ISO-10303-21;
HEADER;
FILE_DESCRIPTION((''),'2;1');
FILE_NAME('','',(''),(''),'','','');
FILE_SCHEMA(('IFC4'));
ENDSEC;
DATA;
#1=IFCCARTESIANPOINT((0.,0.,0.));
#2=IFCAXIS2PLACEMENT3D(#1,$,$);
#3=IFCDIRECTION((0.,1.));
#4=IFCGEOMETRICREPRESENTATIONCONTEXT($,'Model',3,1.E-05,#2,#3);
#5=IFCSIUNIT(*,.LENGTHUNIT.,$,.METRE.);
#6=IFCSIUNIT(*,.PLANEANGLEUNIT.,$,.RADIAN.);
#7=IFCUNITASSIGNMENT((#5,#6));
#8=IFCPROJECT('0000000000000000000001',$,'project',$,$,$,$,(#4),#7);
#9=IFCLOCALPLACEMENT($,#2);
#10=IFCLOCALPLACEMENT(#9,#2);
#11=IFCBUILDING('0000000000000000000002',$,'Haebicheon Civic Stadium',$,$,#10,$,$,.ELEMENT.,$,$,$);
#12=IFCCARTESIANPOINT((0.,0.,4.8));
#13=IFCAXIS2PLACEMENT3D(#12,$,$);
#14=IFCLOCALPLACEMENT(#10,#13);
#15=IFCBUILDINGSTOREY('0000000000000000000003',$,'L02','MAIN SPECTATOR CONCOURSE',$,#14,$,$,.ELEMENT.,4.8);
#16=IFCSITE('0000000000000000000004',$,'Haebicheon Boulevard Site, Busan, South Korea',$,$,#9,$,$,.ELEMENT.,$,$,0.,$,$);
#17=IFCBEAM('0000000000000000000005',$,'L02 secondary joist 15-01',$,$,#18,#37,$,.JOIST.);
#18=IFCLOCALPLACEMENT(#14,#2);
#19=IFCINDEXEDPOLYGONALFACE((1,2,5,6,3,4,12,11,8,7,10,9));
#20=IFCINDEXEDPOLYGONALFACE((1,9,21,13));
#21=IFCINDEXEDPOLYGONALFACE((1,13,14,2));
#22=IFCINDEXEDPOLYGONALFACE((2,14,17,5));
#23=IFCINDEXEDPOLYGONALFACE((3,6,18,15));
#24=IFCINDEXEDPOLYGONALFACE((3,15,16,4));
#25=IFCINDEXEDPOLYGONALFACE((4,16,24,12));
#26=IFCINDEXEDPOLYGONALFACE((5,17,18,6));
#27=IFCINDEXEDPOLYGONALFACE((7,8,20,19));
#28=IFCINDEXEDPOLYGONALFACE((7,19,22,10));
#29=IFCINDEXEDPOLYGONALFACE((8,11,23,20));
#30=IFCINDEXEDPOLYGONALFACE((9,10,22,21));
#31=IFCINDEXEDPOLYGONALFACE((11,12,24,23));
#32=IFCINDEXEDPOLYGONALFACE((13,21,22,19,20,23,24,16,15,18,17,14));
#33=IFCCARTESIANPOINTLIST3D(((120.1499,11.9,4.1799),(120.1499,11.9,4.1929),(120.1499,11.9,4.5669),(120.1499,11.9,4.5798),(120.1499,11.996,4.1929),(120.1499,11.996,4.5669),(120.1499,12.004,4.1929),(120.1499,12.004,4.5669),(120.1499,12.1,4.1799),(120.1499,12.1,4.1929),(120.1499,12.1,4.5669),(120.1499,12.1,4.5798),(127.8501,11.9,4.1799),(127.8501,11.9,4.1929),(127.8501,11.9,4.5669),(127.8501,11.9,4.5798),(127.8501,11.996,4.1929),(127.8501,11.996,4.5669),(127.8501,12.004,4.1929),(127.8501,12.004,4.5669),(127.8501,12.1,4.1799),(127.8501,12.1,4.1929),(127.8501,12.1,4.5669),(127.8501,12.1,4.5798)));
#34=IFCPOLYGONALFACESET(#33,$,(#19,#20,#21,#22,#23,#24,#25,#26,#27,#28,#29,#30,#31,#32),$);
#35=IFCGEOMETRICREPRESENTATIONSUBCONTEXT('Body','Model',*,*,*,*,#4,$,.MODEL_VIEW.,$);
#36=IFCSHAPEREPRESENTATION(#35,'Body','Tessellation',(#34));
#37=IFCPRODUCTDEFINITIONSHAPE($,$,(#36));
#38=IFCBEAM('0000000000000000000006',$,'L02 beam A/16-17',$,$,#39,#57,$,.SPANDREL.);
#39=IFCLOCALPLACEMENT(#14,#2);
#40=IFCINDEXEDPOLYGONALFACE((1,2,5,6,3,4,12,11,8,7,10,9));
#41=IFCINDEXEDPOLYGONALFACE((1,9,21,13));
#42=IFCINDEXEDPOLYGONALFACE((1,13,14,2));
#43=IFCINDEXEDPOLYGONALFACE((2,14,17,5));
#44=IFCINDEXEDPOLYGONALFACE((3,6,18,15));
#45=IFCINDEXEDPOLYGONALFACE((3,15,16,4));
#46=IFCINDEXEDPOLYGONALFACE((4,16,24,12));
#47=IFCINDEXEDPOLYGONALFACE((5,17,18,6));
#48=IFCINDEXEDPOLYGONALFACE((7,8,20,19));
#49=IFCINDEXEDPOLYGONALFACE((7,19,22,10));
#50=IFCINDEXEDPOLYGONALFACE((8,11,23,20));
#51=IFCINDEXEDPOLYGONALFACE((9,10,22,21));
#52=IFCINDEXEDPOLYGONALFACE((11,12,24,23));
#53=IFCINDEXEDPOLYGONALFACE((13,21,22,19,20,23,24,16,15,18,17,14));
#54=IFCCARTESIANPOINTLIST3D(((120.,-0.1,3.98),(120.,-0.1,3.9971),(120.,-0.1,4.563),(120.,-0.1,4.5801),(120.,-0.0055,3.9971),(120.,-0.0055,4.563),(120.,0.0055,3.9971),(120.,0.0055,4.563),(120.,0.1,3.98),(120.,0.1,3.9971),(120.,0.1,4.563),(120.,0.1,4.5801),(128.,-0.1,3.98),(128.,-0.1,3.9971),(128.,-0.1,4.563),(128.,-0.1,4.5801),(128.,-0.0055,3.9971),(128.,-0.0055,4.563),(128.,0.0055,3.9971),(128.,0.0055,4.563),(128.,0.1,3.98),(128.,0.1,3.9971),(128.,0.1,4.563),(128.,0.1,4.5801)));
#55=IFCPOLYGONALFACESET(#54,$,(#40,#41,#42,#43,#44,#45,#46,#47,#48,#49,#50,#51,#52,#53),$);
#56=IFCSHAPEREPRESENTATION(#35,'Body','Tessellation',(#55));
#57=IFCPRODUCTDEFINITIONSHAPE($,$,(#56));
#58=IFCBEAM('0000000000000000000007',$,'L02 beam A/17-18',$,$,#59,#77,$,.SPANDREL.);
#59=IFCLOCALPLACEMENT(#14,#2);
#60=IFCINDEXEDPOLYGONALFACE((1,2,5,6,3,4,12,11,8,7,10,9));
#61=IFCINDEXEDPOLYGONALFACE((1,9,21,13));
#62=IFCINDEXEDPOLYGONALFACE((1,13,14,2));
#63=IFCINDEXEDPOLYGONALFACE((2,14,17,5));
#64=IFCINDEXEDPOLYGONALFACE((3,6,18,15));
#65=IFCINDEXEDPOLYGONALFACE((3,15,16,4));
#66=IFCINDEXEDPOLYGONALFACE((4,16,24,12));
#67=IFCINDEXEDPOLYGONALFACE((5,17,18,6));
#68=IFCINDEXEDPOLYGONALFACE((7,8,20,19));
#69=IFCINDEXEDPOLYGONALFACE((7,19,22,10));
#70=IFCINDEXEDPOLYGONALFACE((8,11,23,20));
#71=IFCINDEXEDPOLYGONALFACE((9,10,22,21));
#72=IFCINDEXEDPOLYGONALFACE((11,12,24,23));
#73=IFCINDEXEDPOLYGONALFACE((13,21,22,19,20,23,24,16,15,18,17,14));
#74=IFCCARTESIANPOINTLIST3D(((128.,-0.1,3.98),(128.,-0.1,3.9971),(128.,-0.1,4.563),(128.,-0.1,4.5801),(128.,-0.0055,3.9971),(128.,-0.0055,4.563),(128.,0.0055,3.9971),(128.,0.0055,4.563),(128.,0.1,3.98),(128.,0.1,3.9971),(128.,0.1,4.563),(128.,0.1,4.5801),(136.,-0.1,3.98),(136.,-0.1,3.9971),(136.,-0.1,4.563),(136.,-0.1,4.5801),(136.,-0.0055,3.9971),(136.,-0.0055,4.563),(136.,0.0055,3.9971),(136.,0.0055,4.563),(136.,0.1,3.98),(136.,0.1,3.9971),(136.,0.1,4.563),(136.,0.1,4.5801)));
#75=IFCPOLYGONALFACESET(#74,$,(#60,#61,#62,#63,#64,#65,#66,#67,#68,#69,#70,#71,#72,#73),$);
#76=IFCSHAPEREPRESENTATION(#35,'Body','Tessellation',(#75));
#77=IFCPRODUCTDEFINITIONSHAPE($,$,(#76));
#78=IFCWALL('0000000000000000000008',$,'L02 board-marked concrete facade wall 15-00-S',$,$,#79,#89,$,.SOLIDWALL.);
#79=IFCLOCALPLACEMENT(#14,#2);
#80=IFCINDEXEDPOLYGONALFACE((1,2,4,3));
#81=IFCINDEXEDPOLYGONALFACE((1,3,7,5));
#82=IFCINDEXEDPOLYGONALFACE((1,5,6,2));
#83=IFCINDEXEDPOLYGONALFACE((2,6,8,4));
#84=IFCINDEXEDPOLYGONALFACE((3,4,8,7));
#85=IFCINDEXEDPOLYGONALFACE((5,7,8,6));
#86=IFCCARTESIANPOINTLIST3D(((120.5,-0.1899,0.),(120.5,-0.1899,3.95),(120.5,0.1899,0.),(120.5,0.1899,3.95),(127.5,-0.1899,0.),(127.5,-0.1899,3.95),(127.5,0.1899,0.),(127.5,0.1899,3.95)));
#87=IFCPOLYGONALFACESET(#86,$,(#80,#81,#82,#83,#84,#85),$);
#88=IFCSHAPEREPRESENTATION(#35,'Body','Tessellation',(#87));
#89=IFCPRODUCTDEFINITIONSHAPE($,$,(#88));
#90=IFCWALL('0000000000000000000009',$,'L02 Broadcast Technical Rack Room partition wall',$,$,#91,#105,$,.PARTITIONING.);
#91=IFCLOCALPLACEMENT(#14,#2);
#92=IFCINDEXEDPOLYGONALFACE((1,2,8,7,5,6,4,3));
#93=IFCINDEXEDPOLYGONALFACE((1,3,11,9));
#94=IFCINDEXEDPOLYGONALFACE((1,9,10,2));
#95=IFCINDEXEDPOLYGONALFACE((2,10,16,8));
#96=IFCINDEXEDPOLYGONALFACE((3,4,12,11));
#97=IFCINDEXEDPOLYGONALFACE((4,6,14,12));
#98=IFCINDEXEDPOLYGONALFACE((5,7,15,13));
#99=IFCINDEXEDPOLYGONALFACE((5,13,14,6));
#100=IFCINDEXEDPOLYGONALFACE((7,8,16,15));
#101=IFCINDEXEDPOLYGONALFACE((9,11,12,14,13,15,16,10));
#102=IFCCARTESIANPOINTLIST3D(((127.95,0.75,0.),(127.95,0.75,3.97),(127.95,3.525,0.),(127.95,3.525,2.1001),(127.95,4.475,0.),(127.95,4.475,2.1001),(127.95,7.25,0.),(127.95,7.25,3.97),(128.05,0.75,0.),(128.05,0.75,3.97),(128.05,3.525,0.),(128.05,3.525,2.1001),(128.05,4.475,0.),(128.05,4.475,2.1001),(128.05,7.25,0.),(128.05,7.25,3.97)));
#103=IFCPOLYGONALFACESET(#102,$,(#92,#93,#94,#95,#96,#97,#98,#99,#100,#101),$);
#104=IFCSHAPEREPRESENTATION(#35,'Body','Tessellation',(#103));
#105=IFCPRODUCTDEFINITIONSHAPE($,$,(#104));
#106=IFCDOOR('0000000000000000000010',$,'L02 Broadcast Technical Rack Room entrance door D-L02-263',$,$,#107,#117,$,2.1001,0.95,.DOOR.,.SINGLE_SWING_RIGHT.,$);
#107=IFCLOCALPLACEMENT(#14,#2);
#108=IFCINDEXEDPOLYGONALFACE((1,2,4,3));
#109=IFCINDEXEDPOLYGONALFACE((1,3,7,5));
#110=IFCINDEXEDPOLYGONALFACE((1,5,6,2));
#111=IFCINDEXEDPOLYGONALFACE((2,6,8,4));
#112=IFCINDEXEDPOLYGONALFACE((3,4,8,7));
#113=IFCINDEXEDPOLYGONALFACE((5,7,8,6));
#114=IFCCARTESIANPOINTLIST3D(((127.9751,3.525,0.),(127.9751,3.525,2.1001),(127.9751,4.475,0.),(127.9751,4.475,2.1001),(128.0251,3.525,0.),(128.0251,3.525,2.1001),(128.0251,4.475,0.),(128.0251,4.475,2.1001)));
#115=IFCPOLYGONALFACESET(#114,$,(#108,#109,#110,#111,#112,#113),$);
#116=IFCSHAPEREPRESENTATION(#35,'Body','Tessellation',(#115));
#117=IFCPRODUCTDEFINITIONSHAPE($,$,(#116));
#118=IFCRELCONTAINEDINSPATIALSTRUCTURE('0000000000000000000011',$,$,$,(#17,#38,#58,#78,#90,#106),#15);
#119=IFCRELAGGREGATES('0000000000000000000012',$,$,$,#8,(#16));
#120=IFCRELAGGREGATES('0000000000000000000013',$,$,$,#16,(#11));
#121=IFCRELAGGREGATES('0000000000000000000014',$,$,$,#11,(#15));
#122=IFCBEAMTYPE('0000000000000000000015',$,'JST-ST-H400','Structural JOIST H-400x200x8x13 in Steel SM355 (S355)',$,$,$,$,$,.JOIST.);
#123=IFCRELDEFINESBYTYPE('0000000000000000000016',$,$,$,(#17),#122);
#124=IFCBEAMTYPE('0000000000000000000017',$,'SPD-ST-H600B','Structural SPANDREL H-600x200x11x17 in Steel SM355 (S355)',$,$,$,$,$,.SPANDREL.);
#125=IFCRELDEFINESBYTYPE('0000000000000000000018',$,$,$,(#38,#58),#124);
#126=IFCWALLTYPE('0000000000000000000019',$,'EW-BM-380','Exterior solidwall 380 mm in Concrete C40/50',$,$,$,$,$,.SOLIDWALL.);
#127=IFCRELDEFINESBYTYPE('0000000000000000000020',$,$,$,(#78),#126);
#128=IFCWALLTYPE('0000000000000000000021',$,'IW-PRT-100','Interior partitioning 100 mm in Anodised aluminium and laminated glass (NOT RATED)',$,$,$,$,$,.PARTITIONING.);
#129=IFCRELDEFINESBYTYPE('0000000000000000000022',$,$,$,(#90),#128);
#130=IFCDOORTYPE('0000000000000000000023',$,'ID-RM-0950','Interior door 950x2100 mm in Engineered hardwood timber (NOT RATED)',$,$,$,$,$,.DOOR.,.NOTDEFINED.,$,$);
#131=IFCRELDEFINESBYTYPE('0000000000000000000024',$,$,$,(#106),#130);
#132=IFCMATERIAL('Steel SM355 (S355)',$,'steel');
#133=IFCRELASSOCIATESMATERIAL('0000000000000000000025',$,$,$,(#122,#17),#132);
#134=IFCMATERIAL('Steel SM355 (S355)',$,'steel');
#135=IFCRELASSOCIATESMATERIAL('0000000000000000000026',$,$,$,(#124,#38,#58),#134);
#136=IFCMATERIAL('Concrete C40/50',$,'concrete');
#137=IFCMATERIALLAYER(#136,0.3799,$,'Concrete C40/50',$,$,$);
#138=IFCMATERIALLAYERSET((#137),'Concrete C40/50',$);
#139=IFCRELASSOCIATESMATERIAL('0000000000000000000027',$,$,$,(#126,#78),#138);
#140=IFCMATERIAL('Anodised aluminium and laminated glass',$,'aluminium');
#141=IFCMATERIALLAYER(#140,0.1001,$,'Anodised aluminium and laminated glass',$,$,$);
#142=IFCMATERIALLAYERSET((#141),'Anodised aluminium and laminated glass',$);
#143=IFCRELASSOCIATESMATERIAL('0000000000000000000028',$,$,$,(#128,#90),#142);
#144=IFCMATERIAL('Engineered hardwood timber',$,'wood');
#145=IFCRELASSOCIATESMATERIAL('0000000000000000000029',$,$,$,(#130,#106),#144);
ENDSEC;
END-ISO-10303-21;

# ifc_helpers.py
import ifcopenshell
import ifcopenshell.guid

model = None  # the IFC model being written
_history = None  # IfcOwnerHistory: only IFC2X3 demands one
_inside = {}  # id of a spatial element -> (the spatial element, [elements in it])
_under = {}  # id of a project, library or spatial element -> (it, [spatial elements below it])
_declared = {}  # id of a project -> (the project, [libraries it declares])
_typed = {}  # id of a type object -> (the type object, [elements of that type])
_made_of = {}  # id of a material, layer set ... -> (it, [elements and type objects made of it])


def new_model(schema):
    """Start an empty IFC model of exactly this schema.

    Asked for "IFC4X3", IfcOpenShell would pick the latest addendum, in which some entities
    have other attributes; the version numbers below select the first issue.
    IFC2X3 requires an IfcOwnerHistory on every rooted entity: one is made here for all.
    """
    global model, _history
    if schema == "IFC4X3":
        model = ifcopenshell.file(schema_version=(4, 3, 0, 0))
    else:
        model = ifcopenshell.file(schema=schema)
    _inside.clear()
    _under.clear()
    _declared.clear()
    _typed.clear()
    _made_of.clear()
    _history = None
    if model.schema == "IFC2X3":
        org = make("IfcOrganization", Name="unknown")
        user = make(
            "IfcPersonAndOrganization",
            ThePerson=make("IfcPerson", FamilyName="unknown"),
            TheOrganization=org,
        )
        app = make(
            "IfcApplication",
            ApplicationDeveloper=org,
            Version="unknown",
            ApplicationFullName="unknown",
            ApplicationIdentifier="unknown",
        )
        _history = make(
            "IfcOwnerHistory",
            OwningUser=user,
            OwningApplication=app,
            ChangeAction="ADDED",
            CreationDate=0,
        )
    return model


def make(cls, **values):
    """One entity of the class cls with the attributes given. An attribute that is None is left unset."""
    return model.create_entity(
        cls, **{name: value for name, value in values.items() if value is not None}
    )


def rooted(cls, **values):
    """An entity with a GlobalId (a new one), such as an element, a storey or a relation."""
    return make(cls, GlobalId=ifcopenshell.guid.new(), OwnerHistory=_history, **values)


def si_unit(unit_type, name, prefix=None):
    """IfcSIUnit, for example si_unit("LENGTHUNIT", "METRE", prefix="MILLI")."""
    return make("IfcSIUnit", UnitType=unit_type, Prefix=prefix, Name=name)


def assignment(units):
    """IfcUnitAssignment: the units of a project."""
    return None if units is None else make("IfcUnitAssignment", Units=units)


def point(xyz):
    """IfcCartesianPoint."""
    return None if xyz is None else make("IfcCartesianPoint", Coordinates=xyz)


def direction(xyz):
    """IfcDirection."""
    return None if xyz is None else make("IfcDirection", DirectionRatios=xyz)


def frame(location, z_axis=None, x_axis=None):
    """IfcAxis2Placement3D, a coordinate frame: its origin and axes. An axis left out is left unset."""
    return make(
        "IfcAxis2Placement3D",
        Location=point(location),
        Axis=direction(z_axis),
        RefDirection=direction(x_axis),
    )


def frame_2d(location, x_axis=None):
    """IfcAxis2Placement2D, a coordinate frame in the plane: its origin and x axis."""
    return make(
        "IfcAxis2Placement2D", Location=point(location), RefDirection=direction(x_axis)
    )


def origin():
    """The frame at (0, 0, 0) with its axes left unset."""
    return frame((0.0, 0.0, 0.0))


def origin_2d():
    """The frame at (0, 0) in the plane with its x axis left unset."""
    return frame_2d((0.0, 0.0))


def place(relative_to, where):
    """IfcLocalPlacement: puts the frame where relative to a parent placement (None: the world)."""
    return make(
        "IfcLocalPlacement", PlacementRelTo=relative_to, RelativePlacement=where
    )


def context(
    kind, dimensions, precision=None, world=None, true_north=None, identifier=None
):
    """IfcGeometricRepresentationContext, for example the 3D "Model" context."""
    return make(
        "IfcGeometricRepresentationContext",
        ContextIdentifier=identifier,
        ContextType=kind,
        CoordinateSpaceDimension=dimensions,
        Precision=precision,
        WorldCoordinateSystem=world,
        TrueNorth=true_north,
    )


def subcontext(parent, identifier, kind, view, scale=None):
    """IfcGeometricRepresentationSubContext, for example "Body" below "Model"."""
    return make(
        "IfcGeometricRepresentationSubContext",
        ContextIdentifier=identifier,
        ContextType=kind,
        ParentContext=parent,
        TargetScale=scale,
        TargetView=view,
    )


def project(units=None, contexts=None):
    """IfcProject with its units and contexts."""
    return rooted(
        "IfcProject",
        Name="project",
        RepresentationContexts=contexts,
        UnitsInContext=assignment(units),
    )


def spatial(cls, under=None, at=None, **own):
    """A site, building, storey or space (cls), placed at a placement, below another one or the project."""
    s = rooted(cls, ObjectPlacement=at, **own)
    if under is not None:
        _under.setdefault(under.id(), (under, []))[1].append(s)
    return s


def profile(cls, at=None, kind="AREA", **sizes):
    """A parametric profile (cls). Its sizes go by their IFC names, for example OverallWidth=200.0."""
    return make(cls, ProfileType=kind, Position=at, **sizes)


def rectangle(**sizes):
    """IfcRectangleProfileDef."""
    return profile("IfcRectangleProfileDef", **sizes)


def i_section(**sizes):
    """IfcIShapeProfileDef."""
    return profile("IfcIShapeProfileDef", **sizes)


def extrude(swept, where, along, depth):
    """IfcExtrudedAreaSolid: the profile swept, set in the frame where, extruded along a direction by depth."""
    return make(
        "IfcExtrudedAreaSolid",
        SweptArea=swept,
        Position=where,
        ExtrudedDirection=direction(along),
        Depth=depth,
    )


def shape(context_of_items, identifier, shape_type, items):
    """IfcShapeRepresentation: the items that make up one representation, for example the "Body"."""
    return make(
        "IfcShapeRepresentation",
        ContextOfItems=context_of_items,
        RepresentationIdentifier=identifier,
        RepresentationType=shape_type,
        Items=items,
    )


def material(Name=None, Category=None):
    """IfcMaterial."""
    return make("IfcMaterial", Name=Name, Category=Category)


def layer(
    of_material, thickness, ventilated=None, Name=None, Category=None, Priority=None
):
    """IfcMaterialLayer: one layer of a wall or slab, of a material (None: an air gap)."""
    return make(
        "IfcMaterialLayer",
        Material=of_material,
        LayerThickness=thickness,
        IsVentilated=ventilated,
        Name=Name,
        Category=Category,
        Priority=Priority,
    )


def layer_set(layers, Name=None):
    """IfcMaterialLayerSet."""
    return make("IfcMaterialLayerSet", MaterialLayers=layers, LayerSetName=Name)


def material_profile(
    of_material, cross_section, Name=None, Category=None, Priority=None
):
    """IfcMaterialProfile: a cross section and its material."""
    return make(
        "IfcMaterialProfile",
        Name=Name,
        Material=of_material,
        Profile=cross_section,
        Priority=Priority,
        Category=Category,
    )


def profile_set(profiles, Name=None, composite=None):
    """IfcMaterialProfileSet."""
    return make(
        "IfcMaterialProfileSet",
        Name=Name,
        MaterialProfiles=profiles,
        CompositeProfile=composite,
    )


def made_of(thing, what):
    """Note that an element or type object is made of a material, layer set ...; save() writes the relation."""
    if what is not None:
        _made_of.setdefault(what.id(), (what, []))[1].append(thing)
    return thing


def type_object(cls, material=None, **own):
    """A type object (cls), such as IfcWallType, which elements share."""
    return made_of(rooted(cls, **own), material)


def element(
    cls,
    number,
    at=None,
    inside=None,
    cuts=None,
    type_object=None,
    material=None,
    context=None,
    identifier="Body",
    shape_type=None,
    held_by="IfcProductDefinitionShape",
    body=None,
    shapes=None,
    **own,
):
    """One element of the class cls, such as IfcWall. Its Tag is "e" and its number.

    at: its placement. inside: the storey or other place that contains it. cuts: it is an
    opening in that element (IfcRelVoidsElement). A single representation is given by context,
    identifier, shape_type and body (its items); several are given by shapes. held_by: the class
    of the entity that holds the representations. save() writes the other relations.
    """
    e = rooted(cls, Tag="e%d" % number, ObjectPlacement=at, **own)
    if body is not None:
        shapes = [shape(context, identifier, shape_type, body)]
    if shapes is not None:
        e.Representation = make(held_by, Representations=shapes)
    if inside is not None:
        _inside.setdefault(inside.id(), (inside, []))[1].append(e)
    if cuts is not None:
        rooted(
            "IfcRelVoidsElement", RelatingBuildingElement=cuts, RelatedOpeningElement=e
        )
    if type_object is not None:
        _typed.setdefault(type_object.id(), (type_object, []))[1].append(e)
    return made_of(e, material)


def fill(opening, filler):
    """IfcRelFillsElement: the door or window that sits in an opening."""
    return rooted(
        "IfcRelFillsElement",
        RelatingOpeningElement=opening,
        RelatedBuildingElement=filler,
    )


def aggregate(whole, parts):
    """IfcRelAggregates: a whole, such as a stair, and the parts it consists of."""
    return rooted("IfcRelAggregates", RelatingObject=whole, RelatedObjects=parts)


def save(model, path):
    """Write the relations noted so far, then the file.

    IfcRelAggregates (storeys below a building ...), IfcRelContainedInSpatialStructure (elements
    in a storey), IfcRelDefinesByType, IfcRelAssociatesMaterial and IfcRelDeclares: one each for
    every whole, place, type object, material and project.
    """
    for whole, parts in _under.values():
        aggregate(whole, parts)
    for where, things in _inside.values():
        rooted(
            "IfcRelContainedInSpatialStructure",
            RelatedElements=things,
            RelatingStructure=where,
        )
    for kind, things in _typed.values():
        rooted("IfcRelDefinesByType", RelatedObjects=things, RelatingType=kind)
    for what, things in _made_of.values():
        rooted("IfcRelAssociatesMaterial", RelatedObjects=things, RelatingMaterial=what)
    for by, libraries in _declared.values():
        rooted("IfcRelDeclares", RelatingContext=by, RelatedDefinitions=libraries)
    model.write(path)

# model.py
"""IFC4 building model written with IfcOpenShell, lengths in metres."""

from ifc_helpers import new_model, si_unit, direction, frame, frame_2d, origin, origin_2d, place, context, subcontext, project, spatial, rectangle, i_section, extrude, material, layer, layer_set, material_profile, profile_set, type_object, element, fill, save


model = new_model("IFC4")

# Units and contexts
model_context = context("Model", 3, precision=1e-05, world=origin(), true_north=direction((0.0, 1.0)))
body_context = subcontext(model_context, "Body", "Model", "MODEL_VIEW")
ifc_project = project(units=[si_unit("LENGTHUNIT", "METRE"), si_unit("PLANEANGLEUNIT", "RADIAN")], contexts=[model_context])

# Site, building, storey
site_placement = place(None, origin())
site = spatial("IfcSite", under=ifc_project, at=site_placement, Name="Haebicheon Boulevard Site, Busan, South Korea", CompositionType="ELEMENT", RefElevation=0.0)
building_placement = place(site_placement, origin())
building = spatial("IfcBuilding", under=site, at=building_placement, Name="Haebicheon Civic Stadium", CompositionType="ELEMENT")
storey_placement = place(building_placement, frame((0.0, 0.0, 4.8)))
storey = spatial("IfcBuildingStorey", under=building, at=storey_placement, Name="L02", Description="MAIN SPECTATOR CONCOURSE", CompositionType="ELEMENT", Elevation=4.8)

# Beams
ifc_material_1 = material(Name="Steel SM355 (S355)", Category="steel")
ifc_material_profile_1 = material_profile(ifc_material_1, i_section(OverallWidth=0.2, OverallDepth=0.3999, WebThickness=0.0081, FlangeThickness=0.0129, at=origin_2d()), Name="H-400x200x8x13")
ifc_profile_set_1 = profile_set([ifc_material_profile_1], Name="Steel SM355 (S355)")
beam_type_1 = type_object("IfcBeamType", Name="JST-ST-H400", Description="Structural JOIST H-400x200x8x13 in Steel SM355 (S355)", PredefinedType="JOIST", material=ifc_profile_set_1)
for number, where, z_axis, x_axis, name in (
    (1, (120.1499, 12.0, 4.3799), (1.0, 0.0, 0.0), (0.0, 1.0, 0.0), "L02 secondary joist 15-01"),
):
    element("IfcBeam", number, at=place(storey_placement, frame(where, z_axis=z_axis, x_axis=x_axis)), inside=storey, type_object=beam_type_1, material=ifc_profile_set_1, Name=name, PredefinedType="JOIST", context=body_context, shape_type="SweptSolid", body=[
        extrude(i_section(OverallWidth=0.2, OverallDepth=0.3999, WebThickness=0.0081, FlangeThickness=0.0129, at=origin_2d()), origin(), (0.0, 0.0, 1.0), 7.7002),
    ])
ifc_material_2 = material(Name="Steel SM355 (S355)", Category="steel")
ifc_material_profile_2 = material_profile(ifc_material_2, i_section(OverallWidth=0.2, OverallDepth=0.6001, WebThickness=0.011, FlangeThickness=0.0171, at=origin_2d()), Name="H-600x200x11x17")
ifc_profile_set_2 = profile_set([ifc_material_profile_2], Name="Steel SM355 (S355)")
beam_type_2 = type_object("IfcBeamType", Name="SPD-ST-H600B", Description="Structural SPANDREL H-600x200x11x17 in Steel SM355 (S355)", PredefinedType="SPANDREL", material=ifc_profile_set_2)
for number, where, z_axis, x_axis, name in (
    (2, (120.0, 0.0, 4.28), (1.0, 0.0, 0.0), (0.0, 1.0, 0.0), "L02 beam A/16-17"),
    (3, (128.0, 0.0, 4.28), (1.0, 0.0, 0.0), (0.0, 1.0, 0.0), "L02 beam A/17-18"),
):
    element("IfcBeam", number, at=place(storey_placement, frame(where, z_axis=z_axis, x_axis=x_axis)), inside=storey, type_object=beam_type_2, material=ifc_profile_set_2, Name=name, PredefinedType="SPANDREL", context=body_context, shape_type="SweptSolid", body=[
        extrude(i_section(OverallWidth=0.2, OverallDepth=0.6001, WebThickness=0.011, FlangeThickness=0.0171, at=origin_2d()), origin(), (0.0, 0.0, 1.0), 8.0),
    ])

# Wall
ifc_material_3 = material(Name="Concrete C40/50", Category="concrete")
ifc_layer_1 = layer(ifc_material_3, 0.3799, Name="Concrete C40/50")
ifc_layer_set_1 = layer_set([ifc_layer_1], Name="Concrete C40/50")
wall_type_1 = type_object("IfcWallType", Name="EW-BM-380", Description="Exterior solidwall 380 mm in Concrete C40/50", PredefinedType="SOLIDWALL", material=ifc_layer_set_1)
wall_1_placement = place(storey_placement, frame((120.5, 0.0, 0.0), z_axis=(0.0, 0.0, 1.0), x_axis=(1.0, 0.0, 0.0)))
element("IfcWall", 4, at=wall_1_placement, inside=storey, type_object=wall_type_1, material=ifc_layer_set_1, Name="L02 board-marked concrete facade wall 15-00-S", PredefinedType="SOLIDWALL", context=body_context, shape_type="SweptSolid", body=[
    extrude(rectangle(XDim=7.0, YDim=0.3799, at=frame_2d((3.5, 0.0))), origin(), (0.0, 0.0, 1.0), 3.95),
])

# Wall, opening, door
ifc_material_4 = material(Name="Anodised aluminium and laminated glass", Category="aluminium")
ifc_layer_2 = layer(ifc_material_4, 0.1001, Name="Anodised aluminium and laminated glass")
ifc_layer_set_2 = layer_set([ifc_layer_2], Name="Anodised aluminium and laminated glass")
wall_type_2 = type_object("IfcWallType", Name="IW-PRT-100", Description="Interior partitioning 100 mm in Anodised aluminium and laminated glass (NOT RATED)", PredefinedType="PARTITIONING", material=ifc_layer_set_2)
wall_2_placement = place(storey_placement, frame((128.0, 0.75, 0.0), z_axis=(0.0, 0.0, 1.0), x_axis=(0.0, 1.0, 0.0)))
wall_2 = element("IfcWall", 5, at=wall_2_placement, inside=storey, type_object=wall_type_2, material=ifc_layer_set_2, Name="L02 Broadcast Technical Rack Room partition wall", PredefinedType="PARTITIONING", context=body_context, shape_type="SweptSolid", body=[
    extrude(rectangle(XDim=6.5, YDim=0.1001, at=frame_2d((3.25, 0.0))), origin(), (0.0, 0.0, 1.0), 3.97),
])
opening_placement = place(wall_2_placement, frame((2.7749, 0.0, 0.0)))
opening = element("IfcOpeningElement", 6, at=opening_placement, cuts=wall_2, PredefinedType="OPENING", context=body_context, shape_type="SweptSolid", body=[
    extrude(rectangle(XDim=0.95, YDim=2.1001, at=frame_2d((0.4751, 1.05))), frame((0.0, 0.0601, 0.0), z_axis=(0.0, -1.0, 0.0), x_axis=(1.0, 0.0, 0.0)), (0.0, 0.0, 1.0), 0.1201),
])
ifc_material_5 = material(Name="Engineered hardwood timber", Category="wood")
door_type = type_object("IfcDoorType", Name="ID-RM-0950", Description="Interior door 950x2100 mm in Engineered hardwood timber (NOT RATED)", OperationType="NOTDEFINED", PredefinedType="DOOR", material=ifc_material_5)
door_placement = place(opening_placement, origin())
door = element("IfcDoor", 7, at=door_placement, inside=storey, type_object=door_type, material=ifc_material_5, Name="L02 Broadcast Technical Rack Room entrance door D-L02-263", OperationType="SINGLE_SWING_RIGHT", OverallHeight=2.1001, OverallWidth=0.95, PredefinedType="DOOR", context=body_context, shape_type="SweptSolid", body=[
    extrude(rectangle(XDim=0.95, YDim=2.1001, at=frame_2d((0.4751, 1.05))), frame((0.0, 0.0249, 0.0), z_axis=(0.0, -1.0, 0.0), x_axis=(1.0, 0.0, 0.0)), (0.0, 0.0, 1.0), 0.05),
])
fill(opening, door)

save(model, "model.ifc")
